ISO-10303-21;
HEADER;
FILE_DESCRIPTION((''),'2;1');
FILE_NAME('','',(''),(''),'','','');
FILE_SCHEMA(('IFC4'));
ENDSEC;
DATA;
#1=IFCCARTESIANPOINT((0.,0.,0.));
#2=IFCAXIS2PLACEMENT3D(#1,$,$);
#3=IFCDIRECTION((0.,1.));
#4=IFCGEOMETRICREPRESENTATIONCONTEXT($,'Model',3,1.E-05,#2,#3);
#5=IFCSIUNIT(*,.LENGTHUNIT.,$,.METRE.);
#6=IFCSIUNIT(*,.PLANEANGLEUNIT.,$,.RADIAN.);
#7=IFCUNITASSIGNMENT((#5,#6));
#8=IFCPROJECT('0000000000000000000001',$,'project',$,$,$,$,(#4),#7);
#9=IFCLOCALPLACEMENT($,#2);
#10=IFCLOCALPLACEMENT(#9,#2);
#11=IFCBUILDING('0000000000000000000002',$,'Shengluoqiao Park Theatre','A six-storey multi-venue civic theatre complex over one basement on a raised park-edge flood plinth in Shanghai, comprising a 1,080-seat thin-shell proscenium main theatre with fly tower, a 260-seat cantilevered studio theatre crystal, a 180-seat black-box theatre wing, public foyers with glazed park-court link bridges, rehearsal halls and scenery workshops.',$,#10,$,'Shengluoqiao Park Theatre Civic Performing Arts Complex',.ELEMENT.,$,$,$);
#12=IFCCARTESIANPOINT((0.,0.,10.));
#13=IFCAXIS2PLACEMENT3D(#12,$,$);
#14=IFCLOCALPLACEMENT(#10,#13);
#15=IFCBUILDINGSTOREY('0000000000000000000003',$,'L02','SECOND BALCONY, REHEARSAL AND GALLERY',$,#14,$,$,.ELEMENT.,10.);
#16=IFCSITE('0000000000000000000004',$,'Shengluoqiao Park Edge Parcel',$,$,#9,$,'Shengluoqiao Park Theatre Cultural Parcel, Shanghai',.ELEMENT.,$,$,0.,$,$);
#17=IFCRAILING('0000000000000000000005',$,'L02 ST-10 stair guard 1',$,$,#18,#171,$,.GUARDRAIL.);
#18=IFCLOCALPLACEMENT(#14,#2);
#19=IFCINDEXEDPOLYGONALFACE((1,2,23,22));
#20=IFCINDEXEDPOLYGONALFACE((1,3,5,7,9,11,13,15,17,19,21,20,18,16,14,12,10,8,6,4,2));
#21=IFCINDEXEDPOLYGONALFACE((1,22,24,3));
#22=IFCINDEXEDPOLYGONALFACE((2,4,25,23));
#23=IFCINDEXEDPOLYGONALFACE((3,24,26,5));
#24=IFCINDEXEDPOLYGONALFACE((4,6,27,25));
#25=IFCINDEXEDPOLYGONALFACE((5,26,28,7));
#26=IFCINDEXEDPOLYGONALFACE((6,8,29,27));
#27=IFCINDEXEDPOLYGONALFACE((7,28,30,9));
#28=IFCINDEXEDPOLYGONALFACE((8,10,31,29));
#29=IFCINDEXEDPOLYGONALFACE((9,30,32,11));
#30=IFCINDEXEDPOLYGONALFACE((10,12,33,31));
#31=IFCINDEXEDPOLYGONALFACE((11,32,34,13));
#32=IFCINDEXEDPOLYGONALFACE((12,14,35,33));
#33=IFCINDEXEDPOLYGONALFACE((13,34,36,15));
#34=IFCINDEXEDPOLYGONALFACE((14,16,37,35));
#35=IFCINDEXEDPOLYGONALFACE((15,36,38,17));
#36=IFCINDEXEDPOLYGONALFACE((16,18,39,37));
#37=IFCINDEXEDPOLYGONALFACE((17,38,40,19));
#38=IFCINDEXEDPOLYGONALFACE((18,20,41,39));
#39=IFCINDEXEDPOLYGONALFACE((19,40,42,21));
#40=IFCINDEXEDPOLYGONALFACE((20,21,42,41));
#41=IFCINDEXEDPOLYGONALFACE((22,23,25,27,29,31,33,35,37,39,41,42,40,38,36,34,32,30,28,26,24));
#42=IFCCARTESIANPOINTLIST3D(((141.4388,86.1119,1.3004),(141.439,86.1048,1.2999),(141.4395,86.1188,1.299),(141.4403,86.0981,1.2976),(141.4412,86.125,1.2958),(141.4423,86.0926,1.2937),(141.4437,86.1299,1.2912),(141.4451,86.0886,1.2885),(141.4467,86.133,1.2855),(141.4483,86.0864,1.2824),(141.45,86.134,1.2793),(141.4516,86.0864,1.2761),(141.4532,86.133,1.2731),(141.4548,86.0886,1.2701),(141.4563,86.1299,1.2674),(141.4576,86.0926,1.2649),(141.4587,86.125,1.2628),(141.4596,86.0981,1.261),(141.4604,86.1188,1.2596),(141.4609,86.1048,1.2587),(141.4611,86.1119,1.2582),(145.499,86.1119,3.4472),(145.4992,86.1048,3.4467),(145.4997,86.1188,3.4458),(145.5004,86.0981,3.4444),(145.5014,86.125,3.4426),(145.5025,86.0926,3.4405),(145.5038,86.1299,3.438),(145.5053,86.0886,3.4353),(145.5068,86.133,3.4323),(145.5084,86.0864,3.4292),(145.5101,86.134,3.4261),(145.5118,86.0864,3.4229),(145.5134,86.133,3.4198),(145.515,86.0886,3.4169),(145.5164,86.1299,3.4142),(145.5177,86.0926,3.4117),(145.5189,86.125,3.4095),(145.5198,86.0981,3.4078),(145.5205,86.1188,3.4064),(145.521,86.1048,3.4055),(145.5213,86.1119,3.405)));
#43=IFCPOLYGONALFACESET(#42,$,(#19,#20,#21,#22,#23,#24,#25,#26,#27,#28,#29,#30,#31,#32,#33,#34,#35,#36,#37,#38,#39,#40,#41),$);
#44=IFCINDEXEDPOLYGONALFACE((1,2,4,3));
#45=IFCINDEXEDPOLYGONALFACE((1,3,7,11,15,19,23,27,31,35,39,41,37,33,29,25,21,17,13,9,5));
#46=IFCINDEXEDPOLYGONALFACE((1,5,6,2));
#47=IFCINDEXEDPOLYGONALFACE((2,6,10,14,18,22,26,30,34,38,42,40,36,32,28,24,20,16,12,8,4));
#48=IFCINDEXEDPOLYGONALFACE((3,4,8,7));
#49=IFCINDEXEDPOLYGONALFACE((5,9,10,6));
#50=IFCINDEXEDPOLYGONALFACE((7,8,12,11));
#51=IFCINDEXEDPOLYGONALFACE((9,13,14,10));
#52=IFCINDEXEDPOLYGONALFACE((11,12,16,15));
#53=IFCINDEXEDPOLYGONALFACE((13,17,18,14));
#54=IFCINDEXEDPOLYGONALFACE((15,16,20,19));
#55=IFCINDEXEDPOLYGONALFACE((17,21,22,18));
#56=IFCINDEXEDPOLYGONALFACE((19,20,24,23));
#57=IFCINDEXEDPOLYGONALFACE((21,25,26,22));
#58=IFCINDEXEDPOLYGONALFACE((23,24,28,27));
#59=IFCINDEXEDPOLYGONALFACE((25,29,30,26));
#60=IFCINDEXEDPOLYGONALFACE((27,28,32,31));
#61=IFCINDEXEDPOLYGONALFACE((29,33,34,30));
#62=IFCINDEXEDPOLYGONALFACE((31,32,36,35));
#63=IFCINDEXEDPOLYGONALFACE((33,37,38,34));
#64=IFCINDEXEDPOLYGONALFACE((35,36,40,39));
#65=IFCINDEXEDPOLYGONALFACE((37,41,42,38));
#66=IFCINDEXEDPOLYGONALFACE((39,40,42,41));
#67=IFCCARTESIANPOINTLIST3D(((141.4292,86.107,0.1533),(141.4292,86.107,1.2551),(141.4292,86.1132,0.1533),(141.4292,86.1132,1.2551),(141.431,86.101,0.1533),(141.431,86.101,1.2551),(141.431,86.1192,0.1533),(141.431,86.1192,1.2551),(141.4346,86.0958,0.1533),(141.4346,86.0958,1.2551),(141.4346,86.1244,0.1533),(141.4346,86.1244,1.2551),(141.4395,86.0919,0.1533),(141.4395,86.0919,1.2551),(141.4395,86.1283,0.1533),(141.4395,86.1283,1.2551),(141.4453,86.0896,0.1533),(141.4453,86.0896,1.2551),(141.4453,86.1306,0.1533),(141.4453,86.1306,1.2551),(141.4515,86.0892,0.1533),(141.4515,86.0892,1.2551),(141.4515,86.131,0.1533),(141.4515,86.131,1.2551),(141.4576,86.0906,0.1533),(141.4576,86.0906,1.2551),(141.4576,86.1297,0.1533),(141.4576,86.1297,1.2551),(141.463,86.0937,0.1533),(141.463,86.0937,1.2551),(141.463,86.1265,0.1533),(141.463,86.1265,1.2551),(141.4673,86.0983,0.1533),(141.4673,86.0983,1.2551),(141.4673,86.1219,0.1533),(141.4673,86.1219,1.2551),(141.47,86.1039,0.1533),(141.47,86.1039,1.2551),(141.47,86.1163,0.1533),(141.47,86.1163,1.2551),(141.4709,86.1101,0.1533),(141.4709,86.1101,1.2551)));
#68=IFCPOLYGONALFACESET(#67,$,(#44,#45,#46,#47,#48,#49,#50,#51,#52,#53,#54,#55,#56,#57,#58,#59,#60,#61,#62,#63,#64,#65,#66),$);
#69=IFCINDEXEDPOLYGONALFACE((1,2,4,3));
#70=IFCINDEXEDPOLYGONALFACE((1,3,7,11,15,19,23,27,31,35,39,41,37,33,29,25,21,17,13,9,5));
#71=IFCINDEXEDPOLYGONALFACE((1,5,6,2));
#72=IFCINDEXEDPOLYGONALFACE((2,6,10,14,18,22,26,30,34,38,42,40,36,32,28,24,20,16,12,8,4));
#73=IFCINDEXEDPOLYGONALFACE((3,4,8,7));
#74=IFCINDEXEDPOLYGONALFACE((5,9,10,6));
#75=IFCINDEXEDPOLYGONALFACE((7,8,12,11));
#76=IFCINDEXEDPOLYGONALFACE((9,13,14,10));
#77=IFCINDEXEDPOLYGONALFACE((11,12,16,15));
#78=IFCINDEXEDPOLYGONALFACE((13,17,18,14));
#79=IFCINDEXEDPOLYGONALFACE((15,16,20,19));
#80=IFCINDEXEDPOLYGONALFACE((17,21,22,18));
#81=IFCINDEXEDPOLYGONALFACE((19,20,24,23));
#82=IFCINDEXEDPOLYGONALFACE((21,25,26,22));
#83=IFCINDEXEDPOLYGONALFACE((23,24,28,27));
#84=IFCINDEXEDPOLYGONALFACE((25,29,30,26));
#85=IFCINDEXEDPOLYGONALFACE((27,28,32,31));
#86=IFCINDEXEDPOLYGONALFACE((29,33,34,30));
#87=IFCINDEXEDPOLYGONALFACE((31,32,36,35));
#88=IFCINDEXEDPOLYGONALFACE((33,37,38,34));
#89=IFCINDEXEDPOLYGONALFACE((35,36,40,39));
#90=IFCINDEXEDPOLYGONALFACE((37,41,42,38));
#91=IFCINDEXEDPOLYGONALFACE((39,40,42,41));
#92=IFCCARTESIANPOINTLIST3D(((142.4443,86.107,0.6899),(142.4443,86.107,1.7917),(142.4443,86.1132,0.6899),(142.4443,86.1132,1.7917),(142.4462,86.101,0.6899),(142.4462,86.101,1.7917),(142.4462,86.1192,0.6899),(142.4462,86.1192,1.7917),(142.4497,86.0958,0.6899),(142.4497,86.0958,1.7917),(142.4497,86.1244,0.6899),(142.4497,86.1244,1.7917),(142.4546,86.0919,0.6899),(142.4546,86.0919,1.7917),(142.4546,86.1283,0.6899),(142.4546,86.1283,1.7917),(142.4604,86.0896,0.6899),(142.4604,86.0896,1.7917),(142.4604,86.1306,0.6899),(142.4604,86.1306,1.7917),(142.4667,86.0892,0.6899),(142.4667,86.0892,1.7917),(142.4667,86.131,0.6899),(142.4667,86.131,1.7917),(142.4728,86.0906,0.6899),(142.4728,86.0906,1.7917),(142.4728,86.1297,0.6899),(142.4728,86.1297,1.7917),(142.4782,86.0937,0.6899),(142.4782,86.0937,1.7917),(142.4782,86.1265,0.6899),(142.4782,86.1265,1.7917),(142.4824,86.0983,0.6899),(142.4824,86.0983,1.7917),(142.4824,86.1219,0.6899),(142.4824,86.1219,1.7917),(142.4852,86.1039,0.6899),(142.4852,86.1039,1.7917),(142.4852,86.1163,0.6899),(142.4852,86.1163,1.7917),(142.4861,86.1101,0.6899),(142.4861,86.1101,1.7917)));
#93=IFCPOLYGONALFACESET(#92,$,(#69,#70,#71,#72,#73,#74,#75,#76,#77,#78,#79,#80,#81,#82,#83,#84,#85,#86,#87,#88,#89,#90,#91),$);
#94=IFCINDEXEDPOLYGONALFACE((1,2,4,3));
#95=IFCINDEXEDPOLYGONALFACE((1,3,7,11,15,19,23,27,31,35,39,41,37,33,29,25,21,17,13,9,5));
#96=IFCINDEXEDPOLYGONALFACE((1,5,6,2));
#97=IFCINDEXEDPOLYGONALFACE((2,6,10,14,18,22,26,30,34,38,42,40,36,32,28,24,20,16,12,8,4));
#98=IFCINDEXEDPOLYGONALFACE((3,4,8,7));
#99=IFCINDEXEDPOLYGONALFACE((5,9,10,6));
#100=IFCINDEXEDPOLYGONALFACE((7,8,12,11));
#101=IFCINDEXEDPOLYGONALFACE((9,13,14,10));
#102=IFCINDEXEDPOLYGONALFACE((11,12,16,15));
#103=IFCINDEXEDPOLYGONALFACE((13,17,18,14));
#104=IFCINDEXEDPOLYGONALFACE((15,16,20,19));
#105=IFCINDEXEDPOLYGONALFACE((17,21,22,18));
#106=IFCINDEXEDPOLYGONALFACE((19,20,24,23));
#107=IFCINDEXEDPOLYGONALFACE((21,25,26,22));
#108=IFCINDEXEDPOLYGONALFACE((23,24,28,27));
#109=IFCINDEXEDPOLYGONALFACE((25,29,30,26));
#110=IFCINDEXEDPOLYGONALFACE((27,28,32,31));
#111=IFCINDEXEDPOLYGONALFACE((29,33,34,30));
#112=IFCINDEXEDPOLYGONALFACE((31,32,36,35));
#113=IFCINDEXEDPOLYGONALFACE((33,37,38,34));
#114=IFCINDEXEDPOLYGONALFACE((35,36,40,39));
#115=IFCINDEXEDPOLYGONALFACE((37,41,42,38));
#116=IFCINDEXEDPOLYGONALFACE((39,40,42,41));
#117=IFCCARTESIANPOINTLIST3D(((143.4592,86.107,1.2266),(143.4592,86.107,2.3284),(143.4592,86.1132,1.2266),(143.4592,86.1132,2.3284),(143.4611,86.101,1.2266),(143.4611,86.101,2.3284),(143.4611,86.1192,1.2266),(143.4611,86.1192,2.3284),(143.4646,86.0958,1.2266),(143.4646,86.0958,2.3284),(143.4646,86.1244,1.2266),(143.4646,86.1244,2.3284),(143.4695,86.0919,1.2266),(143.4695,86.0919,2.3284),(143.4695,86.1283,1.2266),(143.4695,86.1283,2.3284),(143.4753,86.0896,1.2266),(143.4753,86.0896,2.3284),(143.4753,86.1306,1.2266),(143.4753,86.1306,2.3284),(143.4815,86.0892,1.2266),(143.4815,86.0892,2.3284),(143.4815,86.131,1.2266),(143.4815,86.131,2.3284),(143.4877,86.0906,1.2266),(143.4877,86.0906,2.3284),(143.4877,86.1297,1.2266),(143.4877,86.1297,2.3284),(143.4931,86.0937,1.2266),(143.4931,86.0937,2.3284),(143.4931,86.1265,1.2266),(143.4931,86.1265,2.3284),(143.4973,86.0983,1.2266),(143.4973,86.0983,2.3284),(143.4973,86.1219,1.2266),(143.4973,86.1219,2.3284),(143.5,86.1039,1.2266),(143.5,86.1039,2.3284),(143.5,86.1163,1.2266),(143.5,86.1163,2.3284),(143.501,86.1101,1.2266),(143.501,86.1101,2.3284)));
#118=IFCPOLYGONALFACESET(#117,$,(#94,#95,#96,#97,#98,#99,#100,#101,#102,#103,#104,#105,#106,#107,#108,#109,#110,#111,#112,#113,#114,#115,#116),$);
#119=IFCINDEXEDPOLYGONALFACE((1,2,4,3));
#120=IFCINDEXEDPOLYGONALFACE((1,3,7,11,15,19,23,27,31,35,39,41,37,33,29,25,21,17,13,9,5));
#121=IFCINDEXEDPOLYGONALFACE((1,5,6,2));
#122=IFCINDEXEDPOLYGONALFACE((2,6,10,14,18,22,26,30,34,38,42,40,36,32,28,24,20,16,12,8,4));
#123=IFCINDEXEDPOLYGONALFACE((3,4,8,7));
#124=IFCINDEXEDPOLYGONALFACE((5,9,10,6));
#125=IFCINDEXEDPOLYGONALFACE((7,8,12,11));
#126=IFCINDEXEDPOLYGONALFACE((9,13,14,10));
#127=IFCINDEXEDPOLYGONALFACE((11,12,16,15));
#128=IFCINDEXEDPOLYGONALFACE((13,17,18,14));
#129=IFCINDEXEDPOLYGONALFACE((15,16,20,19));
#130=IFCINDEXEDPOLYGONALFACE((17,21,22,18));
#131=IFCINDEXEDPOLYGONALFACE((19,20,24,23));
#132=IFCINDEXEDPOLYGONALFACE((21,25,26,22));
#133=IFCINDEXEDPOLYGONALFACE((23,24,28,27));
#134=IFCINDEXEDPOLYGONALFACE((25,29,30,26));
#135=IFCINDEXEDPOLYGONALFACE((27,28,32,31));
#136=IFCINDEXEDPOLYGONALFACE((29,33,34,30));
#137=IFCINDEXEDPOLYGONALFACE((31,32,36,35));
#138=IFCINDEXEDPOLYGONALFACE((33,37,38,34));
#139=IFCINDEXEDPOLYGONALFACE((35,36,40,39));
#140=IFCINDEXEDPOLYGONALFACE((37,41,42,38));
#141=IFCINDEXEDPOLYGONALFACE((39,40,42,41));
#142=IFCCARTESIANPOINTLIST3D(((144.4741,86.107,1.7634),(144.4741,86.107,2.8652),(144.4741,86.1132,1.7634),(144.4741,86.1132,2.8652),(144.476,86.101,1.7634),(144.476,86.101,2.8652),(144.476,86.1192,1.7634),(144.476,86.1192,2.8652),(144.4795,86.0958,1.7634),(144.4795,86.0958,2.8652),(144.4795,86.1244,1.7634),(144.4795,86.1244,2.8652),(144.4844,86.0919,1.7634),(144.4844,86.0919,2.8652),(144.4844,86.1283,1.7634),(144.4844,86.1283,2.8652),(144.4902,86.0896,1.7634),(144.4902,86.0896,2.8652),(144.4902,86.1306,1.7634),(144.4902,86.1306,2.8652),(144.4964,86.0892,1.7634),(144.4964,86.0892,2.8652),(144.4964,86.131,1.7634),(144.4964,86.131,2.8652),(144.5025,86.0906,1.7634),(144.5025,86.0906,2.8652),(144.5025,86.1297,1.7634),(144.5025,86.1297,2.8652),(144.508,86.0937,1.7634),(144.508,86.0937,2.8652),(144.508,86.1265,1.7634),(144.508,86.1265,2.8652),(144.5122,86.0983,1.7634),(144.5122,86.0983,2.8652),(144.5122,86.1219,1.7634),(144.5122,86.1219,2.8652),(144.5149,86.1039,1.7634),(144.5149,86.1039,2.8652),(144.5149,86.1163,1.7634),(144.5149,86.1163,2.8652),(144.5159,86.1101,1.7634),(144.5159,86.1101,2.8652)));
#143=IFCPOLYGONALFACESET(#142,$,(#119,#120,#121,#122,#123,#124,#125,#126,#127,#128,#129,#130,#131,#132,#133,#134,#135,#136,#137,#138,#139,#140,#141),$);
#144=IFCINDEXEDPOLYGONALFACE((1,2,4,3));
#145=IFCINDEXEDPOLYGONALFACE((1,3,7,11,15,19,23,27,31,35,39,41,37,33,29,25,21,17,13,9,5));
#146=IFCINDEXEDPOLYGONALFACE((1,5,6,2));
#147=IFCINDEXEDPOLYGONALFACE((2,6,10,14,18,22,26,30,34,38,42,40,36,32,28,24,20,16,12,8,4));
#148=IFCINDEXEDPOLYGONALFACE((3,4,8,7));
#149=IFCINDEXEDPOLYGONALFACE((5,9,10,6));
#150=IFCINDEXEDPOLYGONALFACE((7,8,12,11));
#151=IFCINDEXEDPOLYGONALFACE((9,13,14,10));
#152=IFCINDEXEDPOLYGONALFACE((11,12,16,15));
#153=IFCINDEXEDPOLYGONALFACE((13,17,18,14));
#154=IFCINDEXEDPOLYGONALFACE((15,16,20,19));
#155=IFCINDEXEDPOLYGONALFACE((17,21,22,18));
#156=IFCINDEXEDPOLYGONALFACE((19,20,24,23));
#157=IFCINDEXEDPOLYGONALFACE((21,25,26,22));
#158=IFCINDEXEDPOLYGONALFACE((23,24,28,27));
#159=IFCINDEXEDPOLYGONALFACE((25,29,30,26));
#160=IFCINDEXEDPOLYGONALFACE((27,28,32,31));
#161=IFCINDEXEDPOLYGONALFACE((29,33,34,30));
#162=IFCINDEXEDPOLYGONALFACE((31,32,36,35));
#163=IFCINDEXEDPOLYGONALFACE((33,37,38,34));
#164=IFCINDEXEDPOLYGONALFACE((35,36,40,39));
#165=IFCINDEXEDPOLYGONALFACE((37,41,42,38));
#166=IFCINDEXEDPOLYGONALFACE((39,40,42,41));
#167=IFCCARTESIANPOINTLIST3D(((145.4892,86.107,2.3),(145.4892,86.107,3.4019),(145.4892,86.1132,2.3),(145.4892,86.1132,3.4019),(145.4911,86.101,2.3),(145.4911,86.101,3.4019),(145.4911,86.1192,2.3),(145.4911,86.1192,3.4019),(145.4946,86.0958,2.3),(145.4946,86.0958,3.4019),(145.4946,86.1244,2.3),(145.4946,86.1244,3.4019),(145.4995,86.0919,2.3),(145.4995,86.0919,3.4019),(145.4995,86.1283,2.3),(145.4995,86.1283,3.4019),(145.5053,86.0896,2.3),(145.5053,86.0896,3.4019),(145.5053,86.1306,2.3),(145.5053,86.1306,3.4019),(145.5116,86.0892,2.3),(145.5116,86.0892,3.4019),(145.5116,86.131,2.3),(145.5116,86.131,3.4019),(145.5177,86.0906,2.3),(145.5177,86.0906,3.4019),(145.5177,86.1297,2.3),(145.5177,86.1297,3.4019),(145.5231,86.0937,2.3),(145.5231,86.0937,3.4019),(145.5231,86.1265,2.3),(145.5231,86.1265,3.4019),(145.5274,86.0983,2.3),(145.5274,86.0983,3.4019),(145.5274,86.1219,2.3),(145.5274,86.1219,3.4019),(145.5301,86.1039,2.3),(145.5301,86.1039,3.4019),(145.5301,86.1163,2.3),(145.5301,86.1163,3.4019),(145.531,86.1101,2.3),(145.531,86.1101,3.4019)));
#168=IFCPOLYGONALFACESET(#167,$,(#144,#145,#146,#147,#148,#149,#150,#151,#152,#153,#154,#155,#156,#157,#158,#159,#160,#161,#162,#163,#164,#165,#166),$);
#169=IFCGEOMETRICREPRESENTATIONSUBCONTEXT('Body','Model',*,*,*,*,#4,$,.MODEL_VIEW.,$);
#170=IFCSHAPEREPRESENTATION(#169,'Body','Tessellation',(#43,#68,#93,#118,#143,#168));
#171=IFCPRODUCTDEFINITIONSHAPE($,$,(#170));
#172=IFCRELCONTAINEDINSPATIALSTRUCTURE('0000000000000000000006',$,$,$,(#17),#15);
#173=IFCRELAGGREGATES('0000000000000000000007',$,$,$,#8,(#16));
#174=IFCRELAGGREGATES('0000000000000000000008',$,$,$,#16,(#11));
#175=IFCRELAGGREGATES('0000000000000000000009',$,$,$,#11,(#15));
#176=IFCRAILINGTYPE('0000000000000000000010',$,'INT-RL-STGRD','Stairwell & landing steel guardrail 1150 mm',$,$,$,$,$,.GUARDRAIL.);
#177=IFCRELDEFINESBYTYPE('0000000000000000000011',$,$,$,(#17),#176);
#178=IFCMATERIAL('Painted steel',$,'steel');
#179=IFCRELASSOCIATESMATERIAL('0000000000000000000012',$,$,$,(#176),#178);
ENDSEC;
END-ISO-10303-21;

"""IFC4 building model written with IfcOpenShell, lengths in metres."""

from ifc_helpers import new_model, si_unit, direction, frame, origin, origin_2d, place, context, subcontext, project, spatial, circle, extrude, material, type_object, element, save


model = new_model("IFC4")

# Units and contexts
model_context = context("Model", 3, precision=1e-05, world=origin(), true_north=direction((0.0, 1.0)))
body_context = subcontext(model_context, "Body", "Model", "MODEL_VIEW")
ifc_project = project(units=[si_unit("LENGTHUNIT", "METRE"), si_unit("PLANEANGLEUNIT", "RADIAN")], contexts=[model_context])

# Site, building, storey
site_placement = place(None, origin())
site = spatial("IfcSite", under=ifc_project, at=site_placement, Name="Shengluoqiao Park Edge Parcel", LongName="Shengluoqiao Park Theatre Cultural Parcel, Shanghai", CompositionType="ELEMENT", RefElevation=0.0)
building_placement = place(site_placement, origin())
building = spatial("IfcBuilding", under=site, at=building_placement, Name="Shengluoqiao Park Theatre", Description="A six-storey multi-venue civic theatre complex over one basement on a raised park-edge flood plinth in Shanghai, comprising a 1,080-seat thin-shell proscenium main theatre with fly tower, a 260-seat cantilevered studio theatre crystal, a 180-seat black-box theatre wing, public foyers with glazed park-court link bridges, rehearsal halls and scenery workshops.", LongName="Shengluoqiao Park Theatre Civic Performing Arts Complex", CompositionType="ELEMENT")
storey_placement = place(building_placement, frame((0.0, 0.0, 10.0)))
storey = spatial("IfcBuildingStorey", under=building, at=storey_placement, Name="L02", Description="SECOND BALCONY, REHEARSAL AND GALLERY", CompositionType="ELEMENT", Elevation=10.0)

# Railing
ifc_material_1 = material(Name="Painted steel", Category="steel")
railing_type_1 = type_object("IfcRailingType", Name="INT-RL-STGRD", Description="Stairwell & landing steel guardrail 1150 mm", PredefinedType="GUARDRAIL", material=ifc_material_1)
railing_1_placement = place(storey_placement, frame((141.45, 86.1101, 0.1533)))
element("IfcRailing", 1, at=railing_1_placement, inside=storey, type_object=railing_type_1, Name="L02 ST-10 stair guard 1", PredefinedType="GUARDRAIL", context=body_context, shape_type="SweptSolid", body=[
    extrude(circle(Radius=0.0239, at=origin_2d()), frame((0.0, 0.0, 1.126), z_axis=(0.884032, 0.0, 0.467426), x_axis=(0.0, 1.0, 0.0)), (0.0, 0.0, 1.0), 4.5928),
    extrude(circle(Radius=0.021, at=origin_2d()), origin(), (0.0, 0.0, 1.0), 1.1018),
    extrude(circle(Radius=0.021, at=origin_2d()), frame((1.0151, 0.0, 0.5366)), (0.0, 0.0, 1.0), 1.1018),
    extrude(circle(Radius=0.021, at=origin_2d()), frame((2.03, 0.0, 1.0732)), (0.0, 0.0, 1.0), 1.1018),
    extrude(circle(Radius=0.021, at=origin_2d()), frame((3.0449, 0.0, 1.6101)), (0.0, 0.0, 1.0), 1.1018),
    extrude(circle(Radius=0.021, at=origin_2d()), frame((4.0601, 0.0, 2.1467)), (0.0, 0.0, 1.0), 1.1018),
])

save(model, "model.ifc")
